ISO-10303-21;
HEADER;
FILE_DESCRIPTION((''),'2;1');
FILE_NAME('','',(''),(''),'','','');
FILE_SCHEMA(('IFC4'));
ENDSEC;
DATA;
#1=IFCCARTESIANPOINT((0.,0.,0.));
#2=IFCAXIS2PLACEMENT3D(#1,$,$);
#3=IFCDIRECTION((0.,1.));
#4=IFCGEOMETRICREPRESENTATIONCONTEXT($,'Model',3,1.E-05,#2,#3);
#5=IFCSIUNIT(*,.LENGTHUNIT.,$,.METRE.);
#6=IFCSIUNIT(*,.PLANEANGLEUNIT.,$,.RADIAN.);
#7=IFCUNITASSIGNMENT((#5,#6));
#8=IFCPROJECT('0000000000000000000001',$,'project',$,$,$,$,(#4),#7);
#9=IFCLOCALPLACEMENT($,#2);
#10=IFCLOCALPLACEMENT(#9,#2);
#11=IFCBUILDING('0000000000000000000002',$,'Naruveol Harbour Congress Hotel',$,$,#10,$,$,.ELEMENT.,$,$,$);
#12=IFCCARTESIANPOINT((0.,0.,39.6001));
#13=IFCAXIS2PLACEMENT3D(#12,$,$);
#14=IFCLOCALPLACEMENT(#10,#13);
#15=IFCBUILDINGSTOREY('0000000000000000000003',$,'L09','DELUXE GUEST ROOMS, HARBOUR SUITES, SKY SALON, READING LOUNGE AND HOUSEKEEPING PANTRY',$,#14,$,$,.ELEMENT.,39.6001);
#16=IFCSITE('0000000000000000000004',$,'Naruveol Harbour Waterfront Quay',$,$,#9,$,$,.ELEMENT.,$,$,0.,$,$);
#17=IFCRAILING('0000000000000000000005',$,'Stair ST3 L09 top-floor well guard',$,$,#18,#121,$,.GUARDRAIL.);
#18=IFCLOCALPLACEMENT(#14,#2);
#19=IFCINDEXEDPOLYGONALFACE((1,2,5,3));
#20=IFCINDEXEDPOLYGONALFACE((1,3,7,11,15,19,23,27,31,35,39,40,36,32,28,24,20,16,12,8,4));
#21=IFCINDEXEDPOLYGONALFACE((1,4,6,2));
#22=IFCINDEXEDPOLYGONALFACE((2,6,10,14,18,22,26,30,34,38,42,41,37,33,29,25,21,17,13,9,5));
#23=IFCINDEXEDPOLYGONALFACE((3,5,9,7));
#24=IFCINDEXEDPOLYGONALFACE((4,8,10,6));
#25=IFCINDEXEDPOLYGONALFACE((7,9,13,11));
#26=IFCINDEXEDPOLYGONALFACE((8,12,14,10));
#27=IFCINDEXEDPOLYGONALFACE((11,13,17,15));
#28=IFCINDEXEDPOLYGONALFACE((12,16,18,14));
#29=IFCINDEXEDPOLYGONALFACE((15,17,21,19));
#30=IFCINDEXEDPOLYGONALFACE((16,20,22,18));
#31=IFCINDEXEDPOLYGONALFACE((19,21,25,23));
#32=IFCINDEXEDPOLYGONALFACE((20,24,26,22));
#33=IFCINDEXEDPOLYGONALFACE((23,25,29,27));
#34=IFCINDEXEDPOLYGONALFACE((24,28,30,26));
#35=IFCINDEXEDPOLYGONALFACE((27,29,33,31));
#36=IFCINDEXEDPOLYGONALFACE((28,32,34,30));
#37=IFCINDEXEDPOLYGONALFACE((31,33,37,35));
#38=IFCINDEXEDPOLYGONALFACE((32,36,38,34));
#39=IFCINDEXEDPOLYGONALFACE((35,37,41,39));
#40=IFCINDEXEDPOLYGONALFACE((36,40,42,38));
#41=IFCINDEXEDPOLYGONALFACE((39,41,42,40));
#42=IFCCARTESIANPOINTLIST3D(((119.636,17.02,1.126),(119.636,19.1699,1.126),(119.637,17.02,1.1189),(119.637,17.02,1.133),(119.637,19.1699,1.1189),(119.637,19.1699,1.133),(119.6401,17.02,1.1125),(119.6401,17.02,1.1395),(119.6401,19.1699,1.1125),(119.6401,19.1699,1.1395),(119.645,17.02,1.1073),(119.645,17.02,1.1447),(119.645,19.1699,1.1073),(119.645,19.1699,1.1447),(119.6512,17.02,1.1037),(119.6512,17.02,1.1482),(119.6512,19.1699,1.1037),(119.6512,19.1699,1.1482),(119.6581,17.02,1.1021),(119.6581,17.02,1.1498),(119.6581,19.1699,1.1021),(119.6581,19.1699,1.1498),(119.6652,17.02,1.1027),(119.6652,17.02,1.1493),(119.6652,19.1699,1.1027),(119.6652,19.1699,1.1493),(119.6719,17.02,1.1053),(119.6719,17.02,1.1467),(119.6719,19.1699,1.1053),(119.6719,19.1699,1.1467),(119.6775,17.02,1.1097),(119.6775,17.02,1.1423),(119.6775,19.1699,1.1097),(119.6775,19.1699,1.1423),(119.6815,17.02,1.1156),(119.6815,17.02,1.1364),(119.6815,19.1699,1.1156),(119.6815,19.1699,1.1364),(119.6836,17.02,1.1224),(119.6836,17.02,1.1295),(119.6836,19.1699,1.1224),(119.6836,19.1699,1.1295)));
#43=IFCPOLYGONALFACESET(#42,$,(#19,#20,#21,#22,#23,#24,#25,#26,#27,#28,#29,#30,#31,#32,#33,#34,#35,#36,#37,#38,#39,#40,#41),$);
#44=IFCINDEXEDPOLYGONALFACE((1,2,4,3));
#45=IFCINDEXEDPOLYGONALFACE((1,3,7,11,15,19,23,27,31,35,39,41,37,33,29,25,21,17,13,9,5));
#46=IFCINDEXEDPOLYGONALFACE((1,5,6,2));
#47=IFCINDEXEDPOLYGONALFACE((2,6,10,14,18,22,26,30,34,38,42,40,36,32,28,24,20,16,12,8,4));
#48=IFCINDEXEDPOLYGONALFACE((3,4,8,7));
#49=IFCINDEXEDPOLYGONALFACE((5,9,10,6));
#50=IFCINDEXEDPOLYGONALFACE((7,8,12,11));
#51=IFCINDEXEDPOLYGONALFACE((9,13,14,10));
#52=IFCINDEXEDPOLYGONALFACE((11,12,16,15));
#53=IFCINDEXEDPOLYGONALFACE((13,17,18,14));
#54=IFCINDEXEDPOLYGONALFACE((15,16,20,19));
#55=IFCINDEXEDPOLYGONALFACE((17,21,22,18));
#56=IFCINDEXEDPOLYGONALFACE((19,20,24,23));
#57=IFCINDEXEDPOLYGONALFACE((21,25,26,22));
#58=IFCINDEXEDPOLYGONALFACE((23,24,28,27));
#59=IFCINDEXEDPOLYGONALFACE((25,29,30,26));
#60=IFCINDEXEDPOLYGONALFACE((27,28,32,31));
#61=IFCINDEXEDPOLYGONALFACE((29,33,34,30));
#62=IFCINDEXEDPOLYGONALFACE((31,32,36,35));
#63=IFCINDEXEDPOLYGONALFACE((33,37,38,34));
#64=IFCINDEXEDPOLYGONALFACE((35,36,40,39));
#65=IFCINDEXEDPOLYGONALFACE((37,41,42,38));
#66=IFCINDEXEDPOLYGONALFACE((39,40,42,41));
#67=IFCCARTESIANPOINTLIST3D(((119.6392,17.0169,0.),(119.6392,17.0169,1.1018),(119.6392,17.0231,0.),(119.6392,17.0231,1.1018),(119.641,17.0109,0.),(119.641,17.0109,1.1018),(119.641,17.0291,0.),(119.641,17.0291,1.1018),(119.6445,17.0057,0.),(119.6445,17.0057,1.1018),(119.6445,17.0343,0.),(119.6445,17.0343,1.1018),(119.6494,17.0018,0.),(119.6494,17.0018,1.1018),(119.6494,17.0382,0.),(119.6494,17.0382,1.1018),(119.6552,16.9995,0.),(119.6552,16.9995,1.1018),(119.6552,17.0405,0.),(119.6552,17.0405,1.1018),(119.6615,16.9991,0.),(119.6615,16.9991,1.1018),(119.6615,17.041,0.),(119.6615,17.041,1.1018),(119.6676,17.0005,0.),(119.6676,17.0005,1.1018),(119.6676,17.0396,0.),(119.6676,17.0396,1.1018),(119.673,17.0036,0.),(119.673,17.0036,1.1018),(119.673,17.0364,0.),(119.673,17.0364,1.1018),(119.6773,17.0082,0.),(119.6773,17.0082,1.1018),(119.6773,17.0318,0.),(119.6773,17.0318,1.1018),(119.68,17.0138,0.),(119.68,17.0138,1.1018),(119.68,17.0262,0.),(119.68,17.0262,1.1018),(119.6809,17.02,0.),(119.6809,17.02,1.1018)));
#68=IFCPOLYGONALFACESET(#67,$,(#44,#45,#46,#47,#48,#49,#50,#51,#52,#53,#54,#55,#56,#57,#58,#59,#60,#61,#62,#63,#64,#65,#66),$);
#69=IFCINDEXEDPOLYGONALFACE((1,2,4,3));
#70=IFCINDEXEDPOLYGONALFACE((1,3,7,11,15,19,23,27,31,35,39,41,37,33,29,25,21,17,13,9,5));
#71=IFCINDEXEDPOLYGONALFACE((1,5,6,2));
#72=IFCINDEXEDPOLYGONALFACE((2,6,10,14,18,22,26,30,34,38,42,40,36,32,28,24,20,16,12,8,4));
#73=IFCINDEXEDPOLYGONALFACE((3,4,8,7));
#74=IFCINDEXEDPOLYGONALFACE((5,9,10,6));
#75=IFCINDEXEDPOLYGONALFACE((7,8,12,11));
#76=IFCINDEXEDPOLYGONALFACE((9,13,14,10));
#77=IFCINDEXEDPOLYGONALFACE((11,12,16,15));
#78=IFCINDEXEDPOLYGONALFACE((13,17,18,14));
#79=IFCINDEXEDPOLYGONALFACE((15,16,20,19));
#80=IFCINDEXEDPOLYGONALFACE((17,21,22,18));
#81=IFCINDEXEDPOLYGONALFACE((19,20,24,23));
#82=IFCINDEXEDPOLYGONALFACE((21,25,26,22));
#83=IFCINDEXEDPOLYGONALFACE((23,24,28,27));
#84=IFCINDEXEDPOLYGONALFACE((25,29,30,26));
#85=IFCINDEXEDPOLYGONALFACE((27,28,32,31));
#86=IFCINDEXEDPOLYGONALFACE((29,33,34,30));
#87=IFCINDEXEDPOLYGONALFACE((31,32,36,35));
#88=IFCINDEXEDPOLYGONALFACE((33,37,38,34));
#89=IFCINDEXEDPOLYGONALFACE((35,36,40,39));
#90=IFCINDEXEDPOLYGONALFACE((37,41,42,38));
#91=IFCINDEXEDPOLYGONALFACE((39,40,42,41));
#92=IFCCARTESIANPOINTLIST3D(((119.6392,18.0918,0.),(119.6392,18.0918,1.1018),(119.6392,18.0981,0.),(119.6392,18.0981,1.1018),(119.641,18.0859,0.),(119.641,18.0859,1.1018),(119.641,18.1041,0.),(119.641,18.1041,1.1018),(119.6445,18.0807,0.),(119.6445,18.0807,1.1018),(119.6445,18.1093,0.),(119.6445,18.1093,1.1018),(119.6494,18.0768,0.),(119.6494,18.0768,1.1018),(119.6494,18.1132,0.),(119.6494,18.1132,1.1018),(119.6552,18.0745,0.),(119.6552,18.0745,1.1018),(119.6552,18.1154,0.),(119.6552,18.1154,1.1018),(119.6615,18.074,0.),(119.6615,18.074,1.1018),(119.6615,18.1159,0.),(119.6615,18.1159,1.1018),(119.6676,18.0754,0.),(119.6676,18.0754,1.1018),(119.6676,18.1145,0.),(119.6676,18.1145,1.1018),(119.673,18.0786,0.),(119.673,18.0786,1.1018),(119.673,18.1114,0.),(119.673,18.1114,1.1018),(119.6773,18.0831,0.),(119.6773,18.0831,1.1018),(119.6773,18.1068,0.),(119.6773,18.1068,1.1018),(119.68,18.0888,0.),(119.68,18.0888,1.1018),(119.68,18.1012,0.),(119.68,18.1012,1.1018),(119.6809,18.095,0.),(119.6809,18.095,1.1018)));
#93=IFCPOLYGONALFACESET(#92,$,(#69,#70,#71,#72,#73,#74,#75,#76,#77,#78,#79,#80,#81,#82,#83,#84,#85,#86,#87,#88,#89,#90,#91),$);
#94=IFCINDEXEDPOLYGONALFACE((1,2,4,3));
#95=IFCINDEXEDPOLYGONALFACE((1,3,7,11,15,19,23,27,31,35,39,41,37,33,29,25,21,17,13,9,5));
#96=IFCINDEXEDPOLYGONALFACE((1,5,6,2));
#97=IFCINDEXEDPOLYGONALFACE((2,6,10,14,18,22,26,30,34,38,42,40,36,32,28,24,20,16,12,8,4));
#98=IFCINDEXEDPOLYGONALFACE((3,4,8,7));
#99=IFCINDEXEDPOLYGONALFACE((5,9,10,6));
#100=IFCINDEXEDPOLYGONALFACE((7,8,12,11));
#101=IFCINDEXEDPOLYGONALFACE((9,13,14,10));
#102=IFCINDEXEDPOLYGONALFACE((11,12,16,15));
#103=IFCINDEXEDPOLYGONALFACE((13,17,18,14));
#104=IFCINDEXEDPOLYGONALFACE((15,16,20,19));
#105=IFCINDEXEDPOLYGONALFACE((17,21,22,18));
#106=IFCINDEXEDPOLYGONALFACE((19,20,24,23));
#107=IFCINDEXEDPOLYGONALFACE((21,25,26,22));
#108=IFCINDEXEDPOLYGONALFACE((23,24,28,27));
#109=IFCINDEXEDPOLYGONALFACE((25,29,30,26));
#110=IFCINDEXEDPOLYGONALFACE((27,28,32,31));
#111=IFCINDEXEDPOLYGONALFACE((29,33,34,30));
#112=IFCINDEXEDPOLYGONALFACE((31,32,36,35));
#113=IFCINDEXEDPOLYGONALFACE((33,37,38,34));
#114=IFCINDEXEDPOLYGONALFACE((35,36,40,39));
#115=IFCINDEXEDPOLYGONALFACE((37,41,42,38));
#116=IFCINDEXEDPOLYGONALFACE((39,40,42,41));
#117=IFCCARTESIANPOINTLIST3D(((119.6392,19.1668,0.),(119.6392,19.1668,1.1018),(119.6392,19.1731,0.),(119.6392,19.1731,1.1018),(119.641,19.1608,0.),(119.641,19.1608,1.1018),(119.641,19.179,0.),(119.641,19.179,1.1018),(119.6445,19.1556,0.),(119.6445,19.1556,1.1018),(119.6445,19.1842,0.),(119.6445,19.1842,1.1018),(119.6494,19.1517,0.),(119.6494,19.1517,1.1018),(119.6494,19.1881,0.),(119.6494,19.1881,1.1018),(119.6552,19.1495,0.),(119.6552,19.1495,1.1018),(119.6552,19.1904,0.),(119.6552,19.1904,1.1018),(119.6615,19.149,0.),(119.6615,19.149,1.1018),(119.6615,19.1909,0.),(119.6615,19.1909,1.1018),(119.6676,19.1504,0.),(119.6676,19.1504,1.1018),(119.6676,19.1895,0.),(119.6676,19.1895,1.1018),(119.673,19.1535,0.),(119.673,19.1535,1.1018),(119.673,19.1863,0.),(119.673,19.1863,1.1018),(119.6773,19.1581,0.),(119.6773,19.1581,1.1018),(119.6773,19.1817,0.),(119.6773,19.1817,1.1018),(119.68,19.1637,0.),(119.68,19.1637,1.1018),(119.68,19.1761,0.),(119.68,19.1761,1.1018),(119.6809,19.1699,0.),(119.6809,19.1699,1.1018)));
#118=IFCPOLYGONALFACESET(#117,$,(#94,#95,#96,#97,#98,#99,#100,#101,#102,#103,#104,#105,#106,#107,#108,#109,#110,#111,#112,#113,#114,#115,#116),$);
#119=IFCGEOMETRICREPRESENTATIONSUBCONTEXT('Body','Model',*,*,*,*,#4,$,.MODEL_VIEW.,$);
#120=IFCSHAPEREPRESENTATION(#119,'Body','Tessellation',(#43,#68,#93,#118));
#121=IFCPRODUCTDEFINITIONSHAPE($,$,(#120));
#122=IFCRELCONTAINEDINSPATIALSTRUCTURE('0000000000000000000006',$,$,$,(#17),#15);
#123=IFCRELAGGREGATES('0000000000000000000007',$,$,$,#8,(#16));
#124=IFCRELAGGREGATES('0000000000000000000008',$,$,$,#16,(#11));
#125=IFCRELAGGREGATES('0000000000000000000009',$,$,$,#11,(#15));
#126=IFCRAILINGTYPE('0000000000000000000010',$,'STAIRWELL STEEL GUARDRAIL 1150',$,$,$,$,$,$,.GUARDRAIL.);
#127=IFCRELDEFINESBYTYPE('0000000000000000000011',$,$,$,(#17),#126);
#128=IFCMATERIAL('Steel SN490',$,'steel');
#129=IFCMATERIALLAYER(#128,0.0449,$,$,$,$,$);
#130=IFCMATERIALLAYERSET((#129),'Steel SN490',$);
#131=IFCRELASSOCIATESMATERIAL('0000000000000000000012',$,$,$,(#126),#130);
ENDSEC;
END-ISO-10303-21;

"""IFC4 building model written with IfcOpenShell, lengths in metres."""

from ifc_helpers import new_model, si_unit, direction, frame, origin, origin_2d, place, context, subcontext, project, spatial, circle, extrude, material, layer, layer_set, type_object, element, save


model = new_model("IFC4")

# Units and contexts
model_context = context("Model", 3, precision=1e-05, world=origin(), true_north=direction((0.0, 1.0)))
body_context = subcontext(model_context, "Body", "Model", "MODEL_VIEW")
ifc_project = project(units=[si_unit("LENGTHUNIT", "METRE"), si_unit("PLANEANGLEUNIT", "RADIAN")], contexts=[model_context])

# Site, building, storey
site_placement = place(None, origin())
site = spatial("IfcSite", under=ifc_project, at=site_placement, Name="Naruveol Harbour Waterfront Quay", CompositionType="ELEMENT", RefElevation=0.0)
building_placement = place(site_placement, origin())
building = spatial("IfcBuilding", under=site, at=building_placement, Name="Naruveol Harbour Congress Hotel", CompositionType="ELEMENT")
storey_placement = place(building_placement, frame((0.0, 0.0, 39.6001)))
storey = spatial("IfcBuildingStorey", under=building, at=storey_placement, Name="L09", Description="DELUXE GUEST ROOMS, HARBOUR SUITES, SKY SALON, READING LOUNGE AND HOUSEKEEPING PANTRY", CompositionType="ELEMENT", Elevation=39.6001)

# Railing
ifc_material_1 = material(Name="Steel SN490", Category="steel")
ifc_layer_1 = layer(ifc_material_1, 0.0449)
ifc_layer_set_1 = layer_set([ifc_layer_1], Name="Steel SN490")
railing_type = type_object("IfcRailingType", Name="STAIRWELL STEEL GUARDRAIL 1150", PredefinedType="GUARDRAIL", material=ifc_layer_set_1)
railing_placement = place(storey_placement, frame((119.6599, 17.02, 0.0)))
element("IfcRailing", 1, at=railing_placement, inside=storey, type_object=railing_type, Name="Stair ST3 L09 top-floor well guard", PredefinedType="GUARDRAIL", context=body_context, shape_type="SweptSolid", body=[
    extrude(circle(Radius=0.0239, at=origin_2d()), frame((0.0, 0.0, 1.126), z_axis=(0.0, 1.0, 0.0), x_axis=(-1.0, 0.0, 0.0)), (0.0, 0.0, 1.0), 2.1499),
    extrude(circle(Radius=0.021, at=origin_2d()), origin(), (0.0, 0.0, 1.0), 1.1018),
    extrude(circle(Radius=0.021, at=origin_2d()), frame((0.0, 1.075, 0.0)), (0.0, 0.0, 1.0), 1.1018),
    extrude(circle(Radius=0.021, at=origin_2d()), frame((0.0, 2.1499, 0.0)), (0.0, 0.0, 1.0), 1.1018),
])

save(model, "model.ifc")
